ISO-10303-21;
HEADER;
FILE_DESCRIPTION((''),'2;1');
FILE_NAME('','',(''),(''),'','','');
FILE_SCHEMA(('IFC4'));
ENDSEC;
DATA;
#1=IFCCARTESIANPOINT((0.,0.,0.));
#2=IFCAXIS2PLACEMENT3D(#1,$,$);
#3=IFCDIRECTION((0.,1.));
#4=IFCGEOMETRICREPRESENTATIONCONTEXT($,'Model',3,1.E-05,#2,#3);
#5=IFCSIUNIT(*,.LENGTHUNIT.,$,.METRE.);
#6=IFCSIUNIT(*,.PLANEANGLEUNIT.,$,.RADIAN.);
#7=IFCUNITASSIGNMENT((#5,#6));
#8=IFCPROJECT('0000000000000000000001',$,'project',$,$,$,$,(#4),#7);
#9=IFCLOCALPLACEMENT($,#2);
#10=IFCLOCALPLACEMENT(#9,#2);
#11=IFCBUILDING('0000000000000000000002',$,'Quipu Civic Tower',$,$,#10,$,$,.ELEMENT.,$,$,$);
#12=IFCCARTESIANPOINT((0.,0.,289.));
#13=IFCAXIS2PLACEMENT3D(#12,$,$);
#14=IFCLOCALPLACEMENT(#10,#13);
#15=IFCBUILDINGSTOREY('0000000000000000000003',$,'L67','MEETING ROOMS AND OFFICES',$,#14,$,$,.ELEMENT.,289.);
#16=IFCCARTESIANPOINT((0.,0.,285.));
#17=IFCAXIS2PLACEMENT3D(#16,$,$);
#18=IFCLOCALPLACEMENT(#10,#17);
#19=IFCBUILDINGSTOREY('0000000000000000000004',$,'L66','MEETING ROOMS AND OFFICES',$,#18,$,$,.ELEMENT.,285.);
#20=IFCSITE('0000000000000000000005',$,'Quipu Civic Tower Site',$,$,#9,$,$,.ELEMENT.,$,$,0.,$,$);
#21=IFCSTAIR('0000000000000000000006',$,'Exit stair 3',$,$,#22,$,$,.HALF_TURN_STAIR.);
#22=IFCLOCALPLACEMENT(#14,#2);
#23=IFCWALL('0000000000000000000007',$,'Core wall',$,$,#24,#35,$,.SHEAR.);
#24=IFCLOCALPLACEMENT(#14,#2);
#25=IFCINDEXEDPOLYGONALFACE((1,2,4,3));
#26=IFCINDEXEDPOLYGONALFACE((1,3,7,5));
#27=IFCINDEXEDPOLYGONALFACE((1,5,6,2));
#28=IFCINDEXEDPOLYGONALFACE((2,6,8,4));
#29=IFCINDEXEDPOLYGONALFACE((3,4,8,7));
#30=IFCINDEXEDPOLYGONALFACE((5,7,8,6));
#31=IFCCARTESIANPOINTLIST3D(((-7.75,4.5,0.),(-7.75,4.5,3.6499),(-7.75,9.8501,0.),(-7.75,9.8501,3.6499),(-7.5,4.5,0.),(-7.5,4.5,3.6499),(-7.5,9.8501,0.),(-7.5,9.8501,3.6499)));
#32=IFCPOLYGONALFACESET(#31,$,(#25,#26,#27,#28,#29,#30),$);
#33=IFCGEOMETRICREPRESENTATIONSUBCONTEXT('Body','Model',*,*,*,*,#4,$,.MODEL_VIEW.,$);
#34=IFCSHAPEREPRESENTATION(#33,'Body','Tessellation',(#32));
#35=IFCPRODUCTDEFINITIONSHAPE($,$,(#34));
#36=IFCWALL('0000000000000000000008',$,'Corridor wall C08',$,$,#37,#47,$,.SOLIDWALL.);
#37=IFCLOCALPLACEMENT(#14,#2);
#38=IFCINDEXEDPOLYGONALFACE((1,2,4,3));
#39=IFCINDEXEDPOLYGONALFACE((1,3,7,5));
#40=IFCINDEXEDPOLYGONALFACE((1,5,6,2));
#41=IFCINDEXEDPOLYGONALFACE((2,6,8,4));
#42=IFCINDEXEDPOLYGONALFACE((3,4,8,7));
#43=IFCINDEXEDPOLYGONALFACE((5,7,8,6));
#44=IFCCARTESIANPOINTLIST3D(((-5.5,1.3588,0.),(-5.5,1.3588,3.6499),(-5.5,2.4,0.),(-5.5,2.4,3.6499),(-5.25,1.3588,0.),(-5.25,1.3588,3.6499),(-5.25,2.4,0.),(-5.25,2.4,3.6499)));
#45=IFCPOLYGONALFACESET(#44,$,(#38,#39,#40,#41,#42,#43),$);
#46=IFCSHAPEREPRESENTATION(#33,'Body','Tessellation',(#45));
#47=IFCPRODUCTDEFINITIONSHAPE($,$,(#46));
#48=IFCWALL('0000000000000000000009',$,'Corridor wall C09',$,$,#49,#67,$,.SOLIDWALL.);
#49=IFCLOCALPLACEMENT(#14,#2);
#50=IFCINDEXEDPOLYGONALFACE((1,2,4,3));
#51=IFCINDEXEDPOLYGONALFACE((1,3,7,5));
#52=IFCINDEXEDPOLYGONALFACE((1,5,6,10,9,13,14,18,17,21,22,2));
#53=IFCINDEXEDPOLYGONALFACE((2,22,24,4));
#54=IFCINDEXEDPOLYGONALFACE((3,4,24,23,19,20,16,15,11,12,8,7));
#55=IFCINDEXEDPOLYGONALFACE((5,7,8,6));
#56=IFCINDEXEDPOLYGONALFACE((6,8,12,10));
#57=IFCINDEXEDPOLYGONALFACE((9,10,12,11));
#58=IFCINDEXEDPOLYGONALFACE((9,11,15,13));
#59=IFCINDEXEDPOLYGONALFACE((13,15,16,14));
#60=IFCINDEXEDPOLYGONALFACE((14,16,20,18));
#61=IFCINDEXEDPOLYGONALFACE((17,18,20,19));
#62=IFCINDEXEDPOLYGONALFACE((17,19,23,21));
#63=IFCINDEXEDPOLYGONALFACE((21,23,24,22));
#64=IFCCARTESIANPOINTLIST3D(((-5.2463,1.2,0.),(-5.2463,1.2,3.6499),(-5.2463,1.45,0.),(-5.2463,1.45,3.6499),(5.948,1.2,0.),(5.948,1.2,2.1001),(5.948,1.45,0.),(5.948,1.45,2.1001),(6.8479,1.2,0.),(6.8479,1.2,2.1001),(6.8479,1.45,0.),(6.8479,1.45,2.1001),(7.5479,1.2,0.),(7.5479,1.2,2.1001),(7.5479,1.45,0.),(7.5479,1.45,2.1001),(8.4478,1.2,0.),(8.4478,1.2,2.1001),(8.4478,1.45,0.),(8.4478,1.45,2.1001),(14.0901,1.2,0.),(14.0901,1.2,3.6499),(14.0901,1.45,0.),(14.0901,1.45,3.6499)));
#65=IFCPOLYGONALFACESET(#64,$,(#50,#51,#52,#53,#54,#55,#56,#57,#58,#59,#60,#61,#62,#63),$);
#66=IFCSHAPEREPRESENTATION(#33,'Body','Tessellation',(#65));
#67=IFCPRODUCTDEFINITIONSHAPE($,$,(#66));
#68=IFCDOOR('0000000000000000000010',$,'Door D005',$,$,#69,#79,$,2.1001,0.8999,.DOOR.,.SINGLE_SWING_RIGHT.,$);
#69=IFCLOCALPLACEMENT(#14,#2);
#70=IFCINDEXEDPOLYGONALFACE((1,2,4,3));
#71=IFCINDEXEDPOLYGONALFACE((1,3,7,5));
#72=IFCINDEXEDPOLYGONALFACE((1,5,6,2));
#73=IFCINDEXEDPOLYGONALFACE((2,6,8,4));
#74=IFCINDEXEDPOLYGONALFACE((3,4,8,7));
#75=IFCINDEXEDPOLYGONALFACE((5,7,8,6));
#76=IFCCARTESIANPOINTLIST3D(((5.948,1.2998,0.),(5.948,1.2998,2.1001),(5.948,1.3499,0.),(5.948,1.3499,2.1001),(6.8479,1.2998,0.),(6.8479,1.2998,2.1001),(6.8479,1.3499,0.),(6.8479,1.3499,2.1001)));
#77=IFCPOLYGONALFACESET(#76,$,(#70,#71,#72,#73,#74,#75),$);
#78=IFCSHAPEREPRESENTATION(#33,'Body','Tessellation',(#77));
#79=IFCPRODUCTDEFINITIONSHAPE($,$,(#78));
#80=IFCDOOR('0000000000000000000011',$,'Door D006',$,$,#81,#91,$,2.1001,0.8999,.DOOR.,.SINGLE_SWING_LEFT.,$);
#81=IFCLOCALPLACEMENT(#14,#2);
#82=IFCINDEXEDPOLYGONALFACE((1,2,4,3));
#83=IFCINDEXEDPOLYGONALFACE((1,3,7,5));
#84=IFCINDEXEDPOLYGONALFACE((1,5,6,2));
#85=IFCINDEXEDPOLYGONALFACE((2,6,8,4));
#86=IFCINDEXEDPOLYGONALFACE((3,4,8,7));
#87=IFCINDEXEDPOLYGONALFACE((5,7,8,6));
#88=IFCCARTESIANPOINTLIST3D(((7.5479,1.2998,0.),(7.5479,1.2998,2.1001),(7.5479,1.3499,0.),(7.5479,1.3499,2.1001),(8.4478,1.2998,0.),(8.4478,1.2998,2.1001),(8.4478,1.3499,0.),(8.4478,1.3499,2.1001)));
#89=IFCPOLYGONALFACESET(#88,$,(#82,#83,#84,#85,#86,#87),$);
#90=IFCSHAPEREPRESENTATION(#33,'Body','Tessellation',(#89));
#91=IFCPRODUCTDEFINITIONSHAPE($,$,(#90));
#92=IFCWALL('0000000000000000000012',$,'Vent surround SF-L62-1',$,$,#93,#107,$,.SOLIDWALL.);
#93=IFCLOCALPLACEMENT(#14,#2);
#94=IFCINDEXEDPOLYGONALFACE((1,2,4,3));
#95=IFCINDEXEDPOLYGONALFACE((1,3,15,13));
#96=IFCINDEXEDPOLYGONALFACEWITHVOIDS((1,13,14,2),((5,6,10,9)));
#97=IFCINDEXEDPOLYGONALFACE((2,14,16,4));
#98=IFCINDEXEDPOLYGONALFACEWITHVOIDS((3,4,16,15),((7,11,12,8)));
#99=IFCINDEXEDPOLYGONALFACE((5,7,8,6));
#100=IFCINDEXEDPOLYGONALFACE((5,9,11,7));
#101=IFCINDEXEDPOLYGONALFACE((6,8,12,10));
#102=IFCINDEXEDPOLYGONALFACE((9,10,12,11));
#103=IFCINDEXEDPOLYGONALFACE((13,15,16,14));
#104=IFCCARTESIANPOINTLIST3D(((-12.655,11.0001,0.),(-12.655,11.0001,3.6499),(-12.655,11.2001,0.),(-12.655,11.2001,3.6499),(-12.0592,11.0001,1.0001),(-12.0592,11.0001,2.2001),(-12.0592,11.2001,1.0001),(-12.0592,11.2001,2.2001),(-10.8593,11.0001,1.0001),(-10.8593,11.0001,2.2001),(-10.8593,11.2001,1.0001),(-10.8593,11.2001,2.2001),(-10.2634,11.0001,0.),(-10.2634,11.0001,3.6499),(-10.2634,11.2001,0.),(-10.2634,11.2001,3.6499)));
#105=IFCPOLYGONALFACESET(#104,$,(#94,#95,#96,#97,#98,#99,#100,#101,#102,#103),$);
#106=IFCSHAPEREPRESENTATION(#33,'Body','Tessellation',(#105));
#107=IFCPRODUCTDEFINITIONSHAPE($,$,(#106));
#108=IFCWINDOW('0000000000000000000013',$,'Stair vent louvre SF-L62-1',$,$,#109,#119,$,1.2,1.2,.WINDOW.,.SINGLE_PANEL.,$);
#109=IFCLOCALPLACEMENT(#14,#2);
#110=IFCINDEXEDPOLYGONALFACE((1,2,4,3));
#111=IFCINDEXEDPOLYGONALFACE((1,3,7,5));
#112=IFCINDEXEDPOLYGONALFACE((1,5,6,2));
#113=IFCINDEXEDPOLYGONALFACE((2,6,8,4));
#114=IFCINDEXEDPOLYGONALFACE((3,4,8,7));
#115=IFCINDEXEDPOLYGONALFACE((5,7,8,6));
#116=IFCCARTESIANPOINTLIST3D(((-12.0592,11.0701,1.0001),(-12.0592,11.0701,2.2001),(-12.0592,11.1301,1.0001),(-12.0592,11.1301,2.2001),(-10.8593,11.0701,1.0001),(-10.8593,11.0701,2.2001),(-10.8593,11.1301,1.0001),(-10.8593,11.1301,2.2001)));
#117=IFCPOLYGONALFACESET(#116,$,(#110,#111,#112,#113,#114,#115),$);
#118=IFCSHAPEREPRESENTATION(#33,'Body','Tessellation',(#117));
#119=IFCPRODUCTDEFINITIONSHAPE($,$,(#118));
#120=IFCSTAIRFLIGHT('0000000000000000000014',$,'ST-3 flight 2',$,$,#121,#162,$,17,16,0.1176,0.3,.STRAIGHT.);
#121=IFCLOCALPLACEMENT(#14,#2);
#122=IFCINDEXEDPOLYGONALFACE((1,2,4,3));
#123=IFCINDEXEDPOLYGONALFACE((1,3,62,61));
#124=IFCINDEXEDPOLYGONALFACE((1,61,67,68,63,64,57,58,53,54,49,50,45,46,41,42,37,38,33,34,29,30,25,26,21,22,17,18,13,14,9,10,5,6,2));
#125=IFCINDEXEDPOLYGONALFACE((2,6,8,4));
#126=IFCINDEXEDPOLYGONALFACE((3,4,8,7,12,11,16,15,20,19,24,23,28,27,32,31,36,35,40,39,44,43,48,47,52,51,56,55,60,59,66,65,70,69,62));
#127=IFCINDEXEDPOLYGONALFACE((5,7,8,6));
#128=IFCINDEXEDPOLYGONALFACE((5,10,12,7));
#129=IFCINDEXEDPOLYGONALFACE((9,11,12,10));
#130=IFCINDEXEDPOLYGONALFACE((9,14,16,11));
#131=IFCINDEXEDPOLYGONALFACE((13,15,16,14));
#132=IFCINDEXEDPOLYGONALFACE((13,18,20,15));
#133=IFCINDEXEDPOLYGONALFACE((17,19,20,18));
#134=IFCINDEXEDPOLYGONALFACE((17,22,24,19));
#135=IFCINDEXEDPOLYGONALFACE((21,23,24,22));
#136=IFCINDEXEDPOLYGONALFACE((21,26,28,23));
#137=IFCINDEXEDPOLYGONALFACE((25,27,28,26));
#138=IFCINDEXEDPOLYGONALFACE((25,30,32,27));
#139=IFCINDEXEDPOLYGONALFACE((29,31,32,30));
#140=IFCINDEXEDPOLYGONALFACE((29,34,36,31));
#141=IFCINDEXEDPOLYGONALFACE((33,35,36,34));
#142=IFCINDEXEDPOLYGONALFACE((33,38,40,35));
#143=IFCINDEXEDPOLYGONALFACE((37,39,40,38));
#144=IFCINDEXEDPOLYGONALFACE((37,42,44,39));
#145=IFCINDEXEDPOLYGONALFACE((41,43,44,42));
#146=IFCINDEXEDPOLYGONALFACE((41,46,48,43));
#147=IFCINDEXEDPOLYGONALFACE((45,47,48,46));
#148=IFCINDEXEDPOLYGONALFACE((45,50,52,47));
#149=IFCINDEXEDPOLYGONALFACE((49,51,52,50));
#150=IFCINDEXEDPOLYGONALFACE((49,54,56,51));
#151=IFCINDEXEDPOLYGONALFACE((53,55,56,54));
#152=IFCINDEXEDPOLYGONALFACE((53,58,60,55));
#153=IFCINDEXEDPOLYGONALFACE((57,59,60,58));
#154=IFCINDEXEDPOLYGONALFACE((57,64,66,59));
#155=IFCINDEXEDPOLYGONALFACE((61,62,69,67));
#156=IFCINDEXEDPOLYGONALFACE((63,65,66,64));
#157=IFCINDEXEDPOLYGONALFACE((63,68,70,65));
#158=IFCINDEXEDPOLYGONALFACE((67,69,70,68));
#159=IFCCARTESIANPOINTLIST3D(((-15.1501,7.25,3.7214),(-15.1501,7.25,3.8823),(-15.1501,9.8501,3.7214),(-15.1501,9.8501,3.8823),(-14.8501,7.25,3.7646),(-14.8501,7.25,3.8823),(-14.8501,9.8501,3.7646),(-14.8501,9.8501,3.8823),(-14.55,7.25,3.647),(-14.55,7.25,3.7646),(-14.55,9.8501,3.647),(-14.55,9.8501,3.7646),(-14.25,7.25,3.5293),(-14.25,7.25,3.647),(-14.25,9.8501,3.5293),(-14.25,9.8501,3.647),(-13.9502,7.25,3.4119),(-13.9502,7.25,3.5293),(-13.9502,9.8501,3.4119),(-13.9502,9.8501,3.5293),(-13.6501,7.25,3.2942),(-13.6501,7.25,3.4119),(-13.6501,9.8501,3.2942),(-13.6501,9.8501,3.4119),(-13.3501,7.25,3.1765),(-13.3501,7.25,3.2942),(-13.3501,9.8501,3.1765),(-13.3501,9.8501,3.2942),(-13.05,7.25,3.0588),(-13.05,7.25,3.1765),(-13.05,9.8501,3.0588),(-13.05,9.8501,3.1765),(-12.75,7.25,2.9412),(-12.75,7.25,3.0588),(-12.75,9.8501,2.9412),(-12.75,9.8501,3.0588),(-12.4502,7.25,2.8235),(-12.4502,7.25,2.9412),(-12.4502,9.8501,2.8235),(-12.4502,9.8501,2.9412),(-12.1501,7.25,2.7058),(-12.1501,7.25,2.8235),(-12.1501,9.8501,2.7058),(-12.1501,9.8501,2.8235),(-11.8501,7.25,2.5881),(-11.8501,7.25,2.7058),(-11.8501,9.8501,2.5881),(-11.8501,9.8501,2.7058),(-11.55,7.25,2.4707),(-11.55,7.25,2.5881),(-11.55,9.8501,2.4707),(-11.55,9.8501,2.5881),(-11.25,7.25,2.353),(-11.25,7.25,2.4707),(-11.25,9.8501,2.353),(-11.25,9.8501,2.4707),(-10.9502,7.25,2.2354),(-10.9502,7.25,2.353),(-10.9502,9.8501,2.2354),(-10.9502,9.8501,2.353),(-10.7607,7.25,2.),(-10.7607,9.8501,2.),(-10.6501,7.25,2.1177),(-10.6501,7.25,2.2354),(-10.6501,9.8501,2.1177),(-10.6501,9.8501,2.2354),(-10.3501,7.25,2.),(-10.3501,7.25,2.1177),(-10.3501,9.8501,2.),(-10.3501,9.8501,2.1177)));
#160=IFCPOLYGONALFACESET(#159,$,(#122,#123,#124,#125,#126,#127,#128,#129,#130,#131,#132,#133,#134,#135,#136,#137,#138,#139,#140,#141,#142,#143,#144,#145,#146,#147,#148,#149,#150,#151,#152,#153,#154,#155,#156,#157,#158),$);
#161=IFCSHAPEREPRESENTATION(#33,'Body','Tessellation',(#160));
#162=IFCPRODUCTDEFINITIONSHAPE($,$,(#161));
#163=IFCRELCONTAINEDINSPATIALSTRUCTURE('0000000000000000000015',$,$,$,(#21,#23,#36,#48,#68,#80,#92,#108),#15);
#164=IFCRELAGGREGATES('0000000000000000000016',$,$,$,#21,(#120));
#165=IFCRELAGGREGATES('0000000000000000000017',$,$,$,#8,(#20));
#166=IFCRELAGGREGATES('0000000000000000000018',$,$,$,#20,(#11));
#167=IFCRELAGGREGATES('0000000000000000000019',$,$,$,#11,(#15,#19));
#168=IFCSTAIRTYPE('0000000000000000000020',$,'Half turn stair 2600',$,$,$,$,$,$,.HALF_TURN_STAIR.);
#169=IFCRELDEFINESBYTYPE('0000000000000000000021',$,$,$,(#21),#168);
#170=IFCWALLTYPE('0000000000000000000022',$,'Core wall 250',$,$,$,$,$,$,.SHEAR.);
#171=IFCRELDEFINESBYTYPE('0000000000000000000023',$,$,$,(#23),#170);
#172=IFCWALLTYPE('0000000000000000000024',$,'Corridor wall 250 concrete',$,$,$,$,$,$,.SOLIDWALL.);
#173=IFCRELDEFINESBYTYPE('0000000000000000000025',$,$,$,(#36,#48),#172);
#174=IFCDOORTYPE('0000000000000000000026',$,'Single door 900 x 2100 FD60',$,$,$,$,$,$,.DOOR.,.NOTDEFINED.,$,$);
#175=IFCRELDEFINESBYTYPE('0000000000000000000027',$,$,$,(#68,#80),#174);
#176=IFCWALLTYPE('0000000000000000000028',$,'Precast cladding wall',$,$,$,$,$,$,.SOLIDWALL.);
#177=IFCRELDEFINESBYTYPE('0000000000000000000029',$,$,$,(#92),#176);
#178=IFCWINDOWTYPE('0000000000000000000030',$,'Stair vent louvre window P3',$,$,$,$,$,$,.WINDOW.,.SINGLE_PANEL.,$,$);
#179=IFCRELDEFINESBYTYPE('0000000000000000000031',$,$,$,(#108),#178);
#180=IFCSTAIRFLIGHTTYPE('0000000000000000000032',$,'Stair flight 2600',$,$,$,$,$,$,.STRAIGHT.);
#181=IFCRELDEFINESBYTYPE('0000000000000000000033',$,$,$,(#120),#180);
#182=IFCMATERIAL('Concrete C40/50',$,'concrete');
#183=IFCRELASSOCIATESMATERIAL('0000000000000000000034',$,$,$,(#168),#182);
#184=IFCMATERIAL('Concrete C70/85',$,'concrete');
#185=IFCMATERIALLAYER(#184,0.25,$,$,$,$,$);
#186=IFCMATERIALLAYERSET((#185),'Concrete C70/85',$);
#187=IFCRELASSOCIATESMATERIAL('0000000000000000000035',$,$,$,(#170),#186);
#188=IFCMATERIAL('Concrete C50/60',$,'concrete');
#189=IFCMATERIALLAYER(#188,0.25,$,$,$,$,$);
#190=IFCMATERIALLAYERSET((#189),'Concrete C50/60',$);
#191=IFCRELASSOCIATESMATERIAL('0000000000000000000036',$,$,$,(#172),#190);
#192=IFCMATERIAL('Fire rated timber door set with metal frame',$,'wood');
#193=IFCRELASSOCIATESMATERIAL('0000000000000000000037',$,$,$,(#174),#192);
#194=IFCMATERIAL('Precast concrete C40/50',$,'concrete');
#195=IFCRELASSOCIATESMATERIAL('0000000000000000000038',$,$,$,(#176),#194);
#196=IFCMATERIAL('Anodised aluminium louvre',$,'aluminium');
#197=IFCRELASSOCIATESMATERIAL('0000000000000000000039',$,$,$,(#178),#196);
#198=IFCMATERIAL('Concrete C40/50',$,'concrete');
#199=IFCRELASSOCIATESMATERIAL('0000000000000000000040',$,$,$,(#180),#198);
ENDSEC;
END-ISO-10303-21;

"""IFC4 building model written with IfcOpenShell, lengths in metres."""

from ifc_helpers import new_model, si_unit, direction, frame, frame_2d, origin, place, context, subcontext, project, spatial, polyline, rectangle, outline, extrude, material, layer, layer_set, type_object, element, fill, aggregate, save


model = new_model("IFC4")

# Units and contexts
model_context = context("Model", 3, precision=1e-05, world=origin(), true_north=direction((0.0, 1.0)))
body_context = subcontext(model_context, "Body", "Model", "MODEL_VIEW")
ifc_project = project(units=[si_unit("LENGTHUNIT", "METRE"), si_unit("PLANEANGLEUNIT", "RADIAN")], contexts=[model_context])

# Site, building, storey
site_placement = place(None, origin())
site = spatial("IfcSite", under=ifc_project, at=site_placement, Name="Quipu Civic Tower Site", CompositionType="ELEMENT", RefElevation=0.0)
building_placement = place(site_placement, origin())
building = spatial("IfcBuilding", under=site, at=building_placement, Name="Quipu Civic Tower", CompositionType="ELEMENT")
storey_1_placement = place(building_placement, frame((0.0, 0.0, 289.0)))
storey_1 = spatial("IfcBuildingStorey", under=building, at=storey_1_placement, Name="L67", Description="MEETING ROOMS AND OFFICES", CompositionType="ELEMENT", Elevation=289.0)

# Shared definitions
storey_2_placement = place(building_placement, frame((0.0, 0.0, 285.0)))
storey_2 = spatial("IfcBuildingStorey", under=building, at=storey_2_placement, Name="L66", Description="MEETING ROOMS AND OFFICES", CompositionType="ELEMENT", Elevation=285.0)

# Stair
ifc_material_1 = material(Name="Concrete C40/50", Category="concrete")
stair_type = type_object("IfcStairType", Name="Half turn stair 2600", PredefinedType="HALF_TURN_STAIR", material=ifc_material_1)
stair_1_placement = place(storey_1_placement, origin())
stair_1 = element("IfcStair", 1, at=stair_1_placement, inside=storey_1, type_object=stair_type, Name="Exit stair 3", PredefinedType="HALF_TURN_STAIR")

# Walls
ifc_material_2 = material(Name="Concrete C70/85", Category="concrete")
ifc_layer_1 = layer(ifc_material_2, 0.25)
ifc_layer_set_1 = layer_set([ifc_layer_1], Name="Concrete C70/85")
wall_type_1 = type_object("IfcWallType", Name="Core wall 250", PredefinedType="SHEAR", material=ifc_layer_set_1)
wall_1_placement = place(storey_1_placement, frame((-7.625, 4.5, 0.0), z_axis=(0.0, 0.0, 1.0), x_axis=(0.0, 1.0, 0.0)))
element("IfcWall", 2, at=wall_1_placement, inside=storey_1, type_object=wall_type_1, Name="Core wall", PredefinedType="SHEAR", context=body_context, shape_type="SweptSolid", body=[
    extrude(rectangle(XDim=5.3501, YDim=0.25, at=frame_2d((2.675, 0.0))), origin(), (0.0, 0.0, 1.0), 3.6499),
])
ifc_material_3 = material(Name="Concrete C50/60", Category="concrete")
ifc_layer_2 = layer(ifc_material_3, 0.25)
ifc_layer_set_2 = layer_set([ifc_layer_2], Name="Concrete C50/60")
wall_type_2 = type_object("IfcWallType", Name="Corridor wall 250 concrete", PredefinedType="SOLIDWALL", material=ifc_layer_set_2)
wall_2_placement = place(storey_1_placement, frame((-5.375, 2.3999, 0.0), z_axis=(0.0, 0.0, 1.0), x_axis=(0.0, -1.0, 0.0)))
element("IfcWall", 3, at=wall_2_placement, inside=storey_1, type_object=wall_type_2, Name="Corridor wall C08", PredefinedType="SOLIDWALL", context=body_context, shape_type="SweptSolid", body=[
    extrude(rectangle(XDim=1.0413, YDim=0.25, at=frame_2d((0.5205, 0.0))), origin(), (0.0, 0.0, 1.0), 3.6499),
])

# Wall, openings, doors
wall_3_placement = place(storey_1_placement, frame((-5.2463, 1.325, 0.0), z_axis=(0.0, 0.0, 1.0), x_axis=(1.0, 0.0, 0.0)))
wall_3 = element("IfcWall", 4, at=wall_3_placement, inside=storey_1, type_object=wall_type_2, Name="Corridor wall C09", PredefinedType="SOLIDWALL", context=body_context, shape_type="SweptSolid", body=[
    extrude(rectangle(XDim=19.3364, YDim=0.25, at=frame_2d((9.6682, 0.0))), origin(), (0.0, 0.0, 1.0), 3.6499),
])
opening_1_placement = place(wall_3_placement, frame((11.1943, 0.0, 0.0)))
opening_1 = element("IfcOpeningElement", 5, at=opening_1_placement, cuts=wall_3, PredefinedType="OPENING", context=body_context, shape_type="SweptSolid", body=[
    extrude(rectangle(XDim=0.8999, YDim=2.1001, at=frame_2d((0.45, 1.05))), frame((0.0, 0.135, 0.0), z_axis=(0.0, -1.0, 0.0), x_axis=(1.0, 0.0, 0.0)), (0.0, 0.0, 1.0), 0.27),
])
opening_2_placement = place(wall_3_placement, frame((12.7942, 0.0, 0.0)))
opening_2 = element("IfcOpeningElement", 6, at=opening_2_placement, cuts=wall_3, PredefinedType="OPENING", context=body_context, shape_type="SweptSolid", body=[
    extrude(rectangle(XDim=0.8999, YDim=2.1001, at=frame_2d((0.45, 1.05))), frame((0.0, 0.135, 0.0), z_axis=(0.0, -1.0, 0.0), x_axis=(1.0, 0.0, 0.0)), (0.0, 0.0, 1.0), 0.27),
])
ifc_material_4 = material(Name="Fire rated timber door set with metal frame", Category="wood")
door_type = type_object("IfcDoorType", Name="Single door 900 x 2100 FD60", OperationType="NOTDEFINED", PredefinedType="DOOR", material=ifc_material_4)
door_1_placement = place(opening_1_placement, origin())
door_1 = element("IfcDoor", 7, at=door_1_placement, inside=storey_1, type_object=door_type, Name="Door D005", OperationType="SINGLE_SWING_RIGHT", OverallHeight=2.1001, OverallWidth=0.8999, PredefinedType="DOOR", context=body_context, shape_type="SweptSolid", body=[
    extrude(rectangle(XDim=0.8999, YDim=2.1001, at=frame_2d((0.45, 1.05))), frame((0.0, 0.0249, 0.0), z_axis=(0.0, -1.0, 0.0), x_axis=(1.0, 0.0, 0.0)), (0.0, 0.0, 1.0), 0.05),
])
fill(opening_1, door_1)
door_2_placement = place(opening_2_placement, origin())
door_2 = element("IfcDoor", 8, at=door_2_placement, inside=storey_1, type_object=door_type, Name="Door D006", OperationType="SINGLE_SWING_LEFT", OverallHeight=2.1001, OverallWidth=0.8999, PredefinedType="DOOR", context=body_context, shape_type="SweptSolid", body=[
    extrude(rectangle(XDim=0.8999, YDim=2.1001, at=frame_2d((0.45, 1.05))), frame((0.0, 0.0249, 0.0), z_axis=(0.0, -1.0, 0.0), x_axis=(1.0, 0.0, 0.0)), (0.0, 0.0, 1.0), 0.05),
])
fill(opening_2, door_2)

# Wall, opening, window
ifc_material_5 = material(Name="Precast concrete C40/50", Category="concrete")
wall_type_3 = type_object("IfcWallType", Name="Precast cladding wall", PredefinedType="SOLIDWALL", material=ifc_material_5)
wall_4_placement = place(storey_1_placement, frame((-10.2634, 11.1001, 0.0), z_axis=(0.0, 0.0, 1.0), x_axis=(-1.0, 0.0, 0.0)))
wall_4 = element("IfcWall", 9, at=wall_4_placement, inside=storey_1, type_object=wall_type_3, Name="Vent surround SF-L62-1", PredefinedType="SOLIDWALL", context=body_context, shape_type="SweptSolid", body=[
    extrude(rectangle(XDim=2.3916, YDim=0.2, at=frame_2d((1.1958, 0.0))), origin(), (0.0, 0.0, 1.0), 3.6499),
])
opening_3_placement = place(wall_4_placement, frame((0.5957, 0.0, 1.0)))
opening_3 = element("IfcOpeningElement", 10, at=opening_3_placement, cuts=wall_4, PredefinedType="OPENING", context=body_context, shape_type="SweptSolid", body=[
    extrude(rectangle(XDim=1.2, YDim=1.2, at=frame_2d((0.6001, 0.6001))), frame((0.0, 0.1099, 0.0), z_axis=(0.0, -1.0, 0.0), x_axis=(1.0, 0.0, 0.0)), (0.0, 0.0, 1.0), 0.22),
])
ifc_material_6 = material(Name="Anodised aluminium louvre", Category="aluminium")
window_type = type_object("IfcWindowType", Name="Stair vent louvre window P3", PartitioningType="SINGLE_PANEL", PredefinedType="WINDOW", material=ifc_material_6)
window_placement = place(opening_3_placement, origin())
window = element("IfcWindow", 11, at=window_placement, inside=storey_1, type_object=window_type, Name="Stair vent louvre SF-L62-1", OverallHeight=1.2, OverallWidth=1.2, PartitioningType="SINGLE_PANEL", PredefinedType="WINDOW", context=body_context, shape_type="SweptSolid", body=[
    extrude(rectangle(XDim=1.2, YDim=1.2, at=frame_2d((0.6001, 0.6001))), frame((0.0, 0.03, 0.0), z_axis=(0.0, -1.0, 0.0), x_axis=(1.0, 0.0, 0.0)), (0.0, 0.0, 1.0), 0.0601),
])
fill(opening_3, window)

# Stair flight
ifc_material_7 = material(Name="Concrete C40/50", Category="concrete")
stair_flight_type = type_object("IfcStairFlightType", Name="Stair flight 2600", PredefinedType="STRAIGHT", material=ifc_material_7)
stair_flight_placement = place(storey_1_placement, frame((-10.3501, 8.55, 2.0), z_axis=(0.0, 0.0, 1.0), x_axis=(-1.0, 0.0, 0.0)))
stair_flight = element("IfcStairFlight", 12, at=stair_flight_placement, type_object=stair_flight_type, Name="ST-3 flight 2", NumberOfRisers=17, NumberOfTreads=16, PredefinedType="STRAIGHT", RiserHeight=0.1176, TreadLength=0.3, context=body_context, shape_type="SweptSolid", body=[
    extrude(outline(polyline([(0.0, 0.0), (0.0, 0.1177), (0.3, 0.1177), (0.3, 0.2354), (0.6001, 0.2354), (0.6001, 0.353), (0.8999, 0.353), (0.8999, 0.4707), (1.2, 0.4707), (1.2, 0.5881), (1.5, 0.5881), (1.5, 0.7058), (1.8, 0.7058), (1.8, 0.8235), (2.1001, 0.8235), (2.1001, 0.9412), (2.3999, 0.9412), (2.3999, 1.0588), (2.7, 1.0588), (2.7, 1.1765), (3.0, 1.1765), (3.0, 1.2942), (3.3, 1.2942), (3.3, 1.4119), (3.6001, 1.4119), (3.6001, 1.5293), (3.8999, 1.5293), (3.8999, 1.647), (4.2, 1.647), (4.2, 1.7646), (4.5, 1.7646), (4.5, 1.8823), (4.8, 1.8823), (4.8, 2.0), (4.8, 1.7214), (0.4106, 0.0), (0.0, 0.0)])), frame((0.0, 1.3, 0.0), z_axis=(0.0, -1.0, 0.0), x_axis=(1.0, 0.0, 0.0)), (0.0, 0.0, 1.0), 2.6001),
])
aggregate(stair_1, [stair_flight])

save(model, "model.ifc")
